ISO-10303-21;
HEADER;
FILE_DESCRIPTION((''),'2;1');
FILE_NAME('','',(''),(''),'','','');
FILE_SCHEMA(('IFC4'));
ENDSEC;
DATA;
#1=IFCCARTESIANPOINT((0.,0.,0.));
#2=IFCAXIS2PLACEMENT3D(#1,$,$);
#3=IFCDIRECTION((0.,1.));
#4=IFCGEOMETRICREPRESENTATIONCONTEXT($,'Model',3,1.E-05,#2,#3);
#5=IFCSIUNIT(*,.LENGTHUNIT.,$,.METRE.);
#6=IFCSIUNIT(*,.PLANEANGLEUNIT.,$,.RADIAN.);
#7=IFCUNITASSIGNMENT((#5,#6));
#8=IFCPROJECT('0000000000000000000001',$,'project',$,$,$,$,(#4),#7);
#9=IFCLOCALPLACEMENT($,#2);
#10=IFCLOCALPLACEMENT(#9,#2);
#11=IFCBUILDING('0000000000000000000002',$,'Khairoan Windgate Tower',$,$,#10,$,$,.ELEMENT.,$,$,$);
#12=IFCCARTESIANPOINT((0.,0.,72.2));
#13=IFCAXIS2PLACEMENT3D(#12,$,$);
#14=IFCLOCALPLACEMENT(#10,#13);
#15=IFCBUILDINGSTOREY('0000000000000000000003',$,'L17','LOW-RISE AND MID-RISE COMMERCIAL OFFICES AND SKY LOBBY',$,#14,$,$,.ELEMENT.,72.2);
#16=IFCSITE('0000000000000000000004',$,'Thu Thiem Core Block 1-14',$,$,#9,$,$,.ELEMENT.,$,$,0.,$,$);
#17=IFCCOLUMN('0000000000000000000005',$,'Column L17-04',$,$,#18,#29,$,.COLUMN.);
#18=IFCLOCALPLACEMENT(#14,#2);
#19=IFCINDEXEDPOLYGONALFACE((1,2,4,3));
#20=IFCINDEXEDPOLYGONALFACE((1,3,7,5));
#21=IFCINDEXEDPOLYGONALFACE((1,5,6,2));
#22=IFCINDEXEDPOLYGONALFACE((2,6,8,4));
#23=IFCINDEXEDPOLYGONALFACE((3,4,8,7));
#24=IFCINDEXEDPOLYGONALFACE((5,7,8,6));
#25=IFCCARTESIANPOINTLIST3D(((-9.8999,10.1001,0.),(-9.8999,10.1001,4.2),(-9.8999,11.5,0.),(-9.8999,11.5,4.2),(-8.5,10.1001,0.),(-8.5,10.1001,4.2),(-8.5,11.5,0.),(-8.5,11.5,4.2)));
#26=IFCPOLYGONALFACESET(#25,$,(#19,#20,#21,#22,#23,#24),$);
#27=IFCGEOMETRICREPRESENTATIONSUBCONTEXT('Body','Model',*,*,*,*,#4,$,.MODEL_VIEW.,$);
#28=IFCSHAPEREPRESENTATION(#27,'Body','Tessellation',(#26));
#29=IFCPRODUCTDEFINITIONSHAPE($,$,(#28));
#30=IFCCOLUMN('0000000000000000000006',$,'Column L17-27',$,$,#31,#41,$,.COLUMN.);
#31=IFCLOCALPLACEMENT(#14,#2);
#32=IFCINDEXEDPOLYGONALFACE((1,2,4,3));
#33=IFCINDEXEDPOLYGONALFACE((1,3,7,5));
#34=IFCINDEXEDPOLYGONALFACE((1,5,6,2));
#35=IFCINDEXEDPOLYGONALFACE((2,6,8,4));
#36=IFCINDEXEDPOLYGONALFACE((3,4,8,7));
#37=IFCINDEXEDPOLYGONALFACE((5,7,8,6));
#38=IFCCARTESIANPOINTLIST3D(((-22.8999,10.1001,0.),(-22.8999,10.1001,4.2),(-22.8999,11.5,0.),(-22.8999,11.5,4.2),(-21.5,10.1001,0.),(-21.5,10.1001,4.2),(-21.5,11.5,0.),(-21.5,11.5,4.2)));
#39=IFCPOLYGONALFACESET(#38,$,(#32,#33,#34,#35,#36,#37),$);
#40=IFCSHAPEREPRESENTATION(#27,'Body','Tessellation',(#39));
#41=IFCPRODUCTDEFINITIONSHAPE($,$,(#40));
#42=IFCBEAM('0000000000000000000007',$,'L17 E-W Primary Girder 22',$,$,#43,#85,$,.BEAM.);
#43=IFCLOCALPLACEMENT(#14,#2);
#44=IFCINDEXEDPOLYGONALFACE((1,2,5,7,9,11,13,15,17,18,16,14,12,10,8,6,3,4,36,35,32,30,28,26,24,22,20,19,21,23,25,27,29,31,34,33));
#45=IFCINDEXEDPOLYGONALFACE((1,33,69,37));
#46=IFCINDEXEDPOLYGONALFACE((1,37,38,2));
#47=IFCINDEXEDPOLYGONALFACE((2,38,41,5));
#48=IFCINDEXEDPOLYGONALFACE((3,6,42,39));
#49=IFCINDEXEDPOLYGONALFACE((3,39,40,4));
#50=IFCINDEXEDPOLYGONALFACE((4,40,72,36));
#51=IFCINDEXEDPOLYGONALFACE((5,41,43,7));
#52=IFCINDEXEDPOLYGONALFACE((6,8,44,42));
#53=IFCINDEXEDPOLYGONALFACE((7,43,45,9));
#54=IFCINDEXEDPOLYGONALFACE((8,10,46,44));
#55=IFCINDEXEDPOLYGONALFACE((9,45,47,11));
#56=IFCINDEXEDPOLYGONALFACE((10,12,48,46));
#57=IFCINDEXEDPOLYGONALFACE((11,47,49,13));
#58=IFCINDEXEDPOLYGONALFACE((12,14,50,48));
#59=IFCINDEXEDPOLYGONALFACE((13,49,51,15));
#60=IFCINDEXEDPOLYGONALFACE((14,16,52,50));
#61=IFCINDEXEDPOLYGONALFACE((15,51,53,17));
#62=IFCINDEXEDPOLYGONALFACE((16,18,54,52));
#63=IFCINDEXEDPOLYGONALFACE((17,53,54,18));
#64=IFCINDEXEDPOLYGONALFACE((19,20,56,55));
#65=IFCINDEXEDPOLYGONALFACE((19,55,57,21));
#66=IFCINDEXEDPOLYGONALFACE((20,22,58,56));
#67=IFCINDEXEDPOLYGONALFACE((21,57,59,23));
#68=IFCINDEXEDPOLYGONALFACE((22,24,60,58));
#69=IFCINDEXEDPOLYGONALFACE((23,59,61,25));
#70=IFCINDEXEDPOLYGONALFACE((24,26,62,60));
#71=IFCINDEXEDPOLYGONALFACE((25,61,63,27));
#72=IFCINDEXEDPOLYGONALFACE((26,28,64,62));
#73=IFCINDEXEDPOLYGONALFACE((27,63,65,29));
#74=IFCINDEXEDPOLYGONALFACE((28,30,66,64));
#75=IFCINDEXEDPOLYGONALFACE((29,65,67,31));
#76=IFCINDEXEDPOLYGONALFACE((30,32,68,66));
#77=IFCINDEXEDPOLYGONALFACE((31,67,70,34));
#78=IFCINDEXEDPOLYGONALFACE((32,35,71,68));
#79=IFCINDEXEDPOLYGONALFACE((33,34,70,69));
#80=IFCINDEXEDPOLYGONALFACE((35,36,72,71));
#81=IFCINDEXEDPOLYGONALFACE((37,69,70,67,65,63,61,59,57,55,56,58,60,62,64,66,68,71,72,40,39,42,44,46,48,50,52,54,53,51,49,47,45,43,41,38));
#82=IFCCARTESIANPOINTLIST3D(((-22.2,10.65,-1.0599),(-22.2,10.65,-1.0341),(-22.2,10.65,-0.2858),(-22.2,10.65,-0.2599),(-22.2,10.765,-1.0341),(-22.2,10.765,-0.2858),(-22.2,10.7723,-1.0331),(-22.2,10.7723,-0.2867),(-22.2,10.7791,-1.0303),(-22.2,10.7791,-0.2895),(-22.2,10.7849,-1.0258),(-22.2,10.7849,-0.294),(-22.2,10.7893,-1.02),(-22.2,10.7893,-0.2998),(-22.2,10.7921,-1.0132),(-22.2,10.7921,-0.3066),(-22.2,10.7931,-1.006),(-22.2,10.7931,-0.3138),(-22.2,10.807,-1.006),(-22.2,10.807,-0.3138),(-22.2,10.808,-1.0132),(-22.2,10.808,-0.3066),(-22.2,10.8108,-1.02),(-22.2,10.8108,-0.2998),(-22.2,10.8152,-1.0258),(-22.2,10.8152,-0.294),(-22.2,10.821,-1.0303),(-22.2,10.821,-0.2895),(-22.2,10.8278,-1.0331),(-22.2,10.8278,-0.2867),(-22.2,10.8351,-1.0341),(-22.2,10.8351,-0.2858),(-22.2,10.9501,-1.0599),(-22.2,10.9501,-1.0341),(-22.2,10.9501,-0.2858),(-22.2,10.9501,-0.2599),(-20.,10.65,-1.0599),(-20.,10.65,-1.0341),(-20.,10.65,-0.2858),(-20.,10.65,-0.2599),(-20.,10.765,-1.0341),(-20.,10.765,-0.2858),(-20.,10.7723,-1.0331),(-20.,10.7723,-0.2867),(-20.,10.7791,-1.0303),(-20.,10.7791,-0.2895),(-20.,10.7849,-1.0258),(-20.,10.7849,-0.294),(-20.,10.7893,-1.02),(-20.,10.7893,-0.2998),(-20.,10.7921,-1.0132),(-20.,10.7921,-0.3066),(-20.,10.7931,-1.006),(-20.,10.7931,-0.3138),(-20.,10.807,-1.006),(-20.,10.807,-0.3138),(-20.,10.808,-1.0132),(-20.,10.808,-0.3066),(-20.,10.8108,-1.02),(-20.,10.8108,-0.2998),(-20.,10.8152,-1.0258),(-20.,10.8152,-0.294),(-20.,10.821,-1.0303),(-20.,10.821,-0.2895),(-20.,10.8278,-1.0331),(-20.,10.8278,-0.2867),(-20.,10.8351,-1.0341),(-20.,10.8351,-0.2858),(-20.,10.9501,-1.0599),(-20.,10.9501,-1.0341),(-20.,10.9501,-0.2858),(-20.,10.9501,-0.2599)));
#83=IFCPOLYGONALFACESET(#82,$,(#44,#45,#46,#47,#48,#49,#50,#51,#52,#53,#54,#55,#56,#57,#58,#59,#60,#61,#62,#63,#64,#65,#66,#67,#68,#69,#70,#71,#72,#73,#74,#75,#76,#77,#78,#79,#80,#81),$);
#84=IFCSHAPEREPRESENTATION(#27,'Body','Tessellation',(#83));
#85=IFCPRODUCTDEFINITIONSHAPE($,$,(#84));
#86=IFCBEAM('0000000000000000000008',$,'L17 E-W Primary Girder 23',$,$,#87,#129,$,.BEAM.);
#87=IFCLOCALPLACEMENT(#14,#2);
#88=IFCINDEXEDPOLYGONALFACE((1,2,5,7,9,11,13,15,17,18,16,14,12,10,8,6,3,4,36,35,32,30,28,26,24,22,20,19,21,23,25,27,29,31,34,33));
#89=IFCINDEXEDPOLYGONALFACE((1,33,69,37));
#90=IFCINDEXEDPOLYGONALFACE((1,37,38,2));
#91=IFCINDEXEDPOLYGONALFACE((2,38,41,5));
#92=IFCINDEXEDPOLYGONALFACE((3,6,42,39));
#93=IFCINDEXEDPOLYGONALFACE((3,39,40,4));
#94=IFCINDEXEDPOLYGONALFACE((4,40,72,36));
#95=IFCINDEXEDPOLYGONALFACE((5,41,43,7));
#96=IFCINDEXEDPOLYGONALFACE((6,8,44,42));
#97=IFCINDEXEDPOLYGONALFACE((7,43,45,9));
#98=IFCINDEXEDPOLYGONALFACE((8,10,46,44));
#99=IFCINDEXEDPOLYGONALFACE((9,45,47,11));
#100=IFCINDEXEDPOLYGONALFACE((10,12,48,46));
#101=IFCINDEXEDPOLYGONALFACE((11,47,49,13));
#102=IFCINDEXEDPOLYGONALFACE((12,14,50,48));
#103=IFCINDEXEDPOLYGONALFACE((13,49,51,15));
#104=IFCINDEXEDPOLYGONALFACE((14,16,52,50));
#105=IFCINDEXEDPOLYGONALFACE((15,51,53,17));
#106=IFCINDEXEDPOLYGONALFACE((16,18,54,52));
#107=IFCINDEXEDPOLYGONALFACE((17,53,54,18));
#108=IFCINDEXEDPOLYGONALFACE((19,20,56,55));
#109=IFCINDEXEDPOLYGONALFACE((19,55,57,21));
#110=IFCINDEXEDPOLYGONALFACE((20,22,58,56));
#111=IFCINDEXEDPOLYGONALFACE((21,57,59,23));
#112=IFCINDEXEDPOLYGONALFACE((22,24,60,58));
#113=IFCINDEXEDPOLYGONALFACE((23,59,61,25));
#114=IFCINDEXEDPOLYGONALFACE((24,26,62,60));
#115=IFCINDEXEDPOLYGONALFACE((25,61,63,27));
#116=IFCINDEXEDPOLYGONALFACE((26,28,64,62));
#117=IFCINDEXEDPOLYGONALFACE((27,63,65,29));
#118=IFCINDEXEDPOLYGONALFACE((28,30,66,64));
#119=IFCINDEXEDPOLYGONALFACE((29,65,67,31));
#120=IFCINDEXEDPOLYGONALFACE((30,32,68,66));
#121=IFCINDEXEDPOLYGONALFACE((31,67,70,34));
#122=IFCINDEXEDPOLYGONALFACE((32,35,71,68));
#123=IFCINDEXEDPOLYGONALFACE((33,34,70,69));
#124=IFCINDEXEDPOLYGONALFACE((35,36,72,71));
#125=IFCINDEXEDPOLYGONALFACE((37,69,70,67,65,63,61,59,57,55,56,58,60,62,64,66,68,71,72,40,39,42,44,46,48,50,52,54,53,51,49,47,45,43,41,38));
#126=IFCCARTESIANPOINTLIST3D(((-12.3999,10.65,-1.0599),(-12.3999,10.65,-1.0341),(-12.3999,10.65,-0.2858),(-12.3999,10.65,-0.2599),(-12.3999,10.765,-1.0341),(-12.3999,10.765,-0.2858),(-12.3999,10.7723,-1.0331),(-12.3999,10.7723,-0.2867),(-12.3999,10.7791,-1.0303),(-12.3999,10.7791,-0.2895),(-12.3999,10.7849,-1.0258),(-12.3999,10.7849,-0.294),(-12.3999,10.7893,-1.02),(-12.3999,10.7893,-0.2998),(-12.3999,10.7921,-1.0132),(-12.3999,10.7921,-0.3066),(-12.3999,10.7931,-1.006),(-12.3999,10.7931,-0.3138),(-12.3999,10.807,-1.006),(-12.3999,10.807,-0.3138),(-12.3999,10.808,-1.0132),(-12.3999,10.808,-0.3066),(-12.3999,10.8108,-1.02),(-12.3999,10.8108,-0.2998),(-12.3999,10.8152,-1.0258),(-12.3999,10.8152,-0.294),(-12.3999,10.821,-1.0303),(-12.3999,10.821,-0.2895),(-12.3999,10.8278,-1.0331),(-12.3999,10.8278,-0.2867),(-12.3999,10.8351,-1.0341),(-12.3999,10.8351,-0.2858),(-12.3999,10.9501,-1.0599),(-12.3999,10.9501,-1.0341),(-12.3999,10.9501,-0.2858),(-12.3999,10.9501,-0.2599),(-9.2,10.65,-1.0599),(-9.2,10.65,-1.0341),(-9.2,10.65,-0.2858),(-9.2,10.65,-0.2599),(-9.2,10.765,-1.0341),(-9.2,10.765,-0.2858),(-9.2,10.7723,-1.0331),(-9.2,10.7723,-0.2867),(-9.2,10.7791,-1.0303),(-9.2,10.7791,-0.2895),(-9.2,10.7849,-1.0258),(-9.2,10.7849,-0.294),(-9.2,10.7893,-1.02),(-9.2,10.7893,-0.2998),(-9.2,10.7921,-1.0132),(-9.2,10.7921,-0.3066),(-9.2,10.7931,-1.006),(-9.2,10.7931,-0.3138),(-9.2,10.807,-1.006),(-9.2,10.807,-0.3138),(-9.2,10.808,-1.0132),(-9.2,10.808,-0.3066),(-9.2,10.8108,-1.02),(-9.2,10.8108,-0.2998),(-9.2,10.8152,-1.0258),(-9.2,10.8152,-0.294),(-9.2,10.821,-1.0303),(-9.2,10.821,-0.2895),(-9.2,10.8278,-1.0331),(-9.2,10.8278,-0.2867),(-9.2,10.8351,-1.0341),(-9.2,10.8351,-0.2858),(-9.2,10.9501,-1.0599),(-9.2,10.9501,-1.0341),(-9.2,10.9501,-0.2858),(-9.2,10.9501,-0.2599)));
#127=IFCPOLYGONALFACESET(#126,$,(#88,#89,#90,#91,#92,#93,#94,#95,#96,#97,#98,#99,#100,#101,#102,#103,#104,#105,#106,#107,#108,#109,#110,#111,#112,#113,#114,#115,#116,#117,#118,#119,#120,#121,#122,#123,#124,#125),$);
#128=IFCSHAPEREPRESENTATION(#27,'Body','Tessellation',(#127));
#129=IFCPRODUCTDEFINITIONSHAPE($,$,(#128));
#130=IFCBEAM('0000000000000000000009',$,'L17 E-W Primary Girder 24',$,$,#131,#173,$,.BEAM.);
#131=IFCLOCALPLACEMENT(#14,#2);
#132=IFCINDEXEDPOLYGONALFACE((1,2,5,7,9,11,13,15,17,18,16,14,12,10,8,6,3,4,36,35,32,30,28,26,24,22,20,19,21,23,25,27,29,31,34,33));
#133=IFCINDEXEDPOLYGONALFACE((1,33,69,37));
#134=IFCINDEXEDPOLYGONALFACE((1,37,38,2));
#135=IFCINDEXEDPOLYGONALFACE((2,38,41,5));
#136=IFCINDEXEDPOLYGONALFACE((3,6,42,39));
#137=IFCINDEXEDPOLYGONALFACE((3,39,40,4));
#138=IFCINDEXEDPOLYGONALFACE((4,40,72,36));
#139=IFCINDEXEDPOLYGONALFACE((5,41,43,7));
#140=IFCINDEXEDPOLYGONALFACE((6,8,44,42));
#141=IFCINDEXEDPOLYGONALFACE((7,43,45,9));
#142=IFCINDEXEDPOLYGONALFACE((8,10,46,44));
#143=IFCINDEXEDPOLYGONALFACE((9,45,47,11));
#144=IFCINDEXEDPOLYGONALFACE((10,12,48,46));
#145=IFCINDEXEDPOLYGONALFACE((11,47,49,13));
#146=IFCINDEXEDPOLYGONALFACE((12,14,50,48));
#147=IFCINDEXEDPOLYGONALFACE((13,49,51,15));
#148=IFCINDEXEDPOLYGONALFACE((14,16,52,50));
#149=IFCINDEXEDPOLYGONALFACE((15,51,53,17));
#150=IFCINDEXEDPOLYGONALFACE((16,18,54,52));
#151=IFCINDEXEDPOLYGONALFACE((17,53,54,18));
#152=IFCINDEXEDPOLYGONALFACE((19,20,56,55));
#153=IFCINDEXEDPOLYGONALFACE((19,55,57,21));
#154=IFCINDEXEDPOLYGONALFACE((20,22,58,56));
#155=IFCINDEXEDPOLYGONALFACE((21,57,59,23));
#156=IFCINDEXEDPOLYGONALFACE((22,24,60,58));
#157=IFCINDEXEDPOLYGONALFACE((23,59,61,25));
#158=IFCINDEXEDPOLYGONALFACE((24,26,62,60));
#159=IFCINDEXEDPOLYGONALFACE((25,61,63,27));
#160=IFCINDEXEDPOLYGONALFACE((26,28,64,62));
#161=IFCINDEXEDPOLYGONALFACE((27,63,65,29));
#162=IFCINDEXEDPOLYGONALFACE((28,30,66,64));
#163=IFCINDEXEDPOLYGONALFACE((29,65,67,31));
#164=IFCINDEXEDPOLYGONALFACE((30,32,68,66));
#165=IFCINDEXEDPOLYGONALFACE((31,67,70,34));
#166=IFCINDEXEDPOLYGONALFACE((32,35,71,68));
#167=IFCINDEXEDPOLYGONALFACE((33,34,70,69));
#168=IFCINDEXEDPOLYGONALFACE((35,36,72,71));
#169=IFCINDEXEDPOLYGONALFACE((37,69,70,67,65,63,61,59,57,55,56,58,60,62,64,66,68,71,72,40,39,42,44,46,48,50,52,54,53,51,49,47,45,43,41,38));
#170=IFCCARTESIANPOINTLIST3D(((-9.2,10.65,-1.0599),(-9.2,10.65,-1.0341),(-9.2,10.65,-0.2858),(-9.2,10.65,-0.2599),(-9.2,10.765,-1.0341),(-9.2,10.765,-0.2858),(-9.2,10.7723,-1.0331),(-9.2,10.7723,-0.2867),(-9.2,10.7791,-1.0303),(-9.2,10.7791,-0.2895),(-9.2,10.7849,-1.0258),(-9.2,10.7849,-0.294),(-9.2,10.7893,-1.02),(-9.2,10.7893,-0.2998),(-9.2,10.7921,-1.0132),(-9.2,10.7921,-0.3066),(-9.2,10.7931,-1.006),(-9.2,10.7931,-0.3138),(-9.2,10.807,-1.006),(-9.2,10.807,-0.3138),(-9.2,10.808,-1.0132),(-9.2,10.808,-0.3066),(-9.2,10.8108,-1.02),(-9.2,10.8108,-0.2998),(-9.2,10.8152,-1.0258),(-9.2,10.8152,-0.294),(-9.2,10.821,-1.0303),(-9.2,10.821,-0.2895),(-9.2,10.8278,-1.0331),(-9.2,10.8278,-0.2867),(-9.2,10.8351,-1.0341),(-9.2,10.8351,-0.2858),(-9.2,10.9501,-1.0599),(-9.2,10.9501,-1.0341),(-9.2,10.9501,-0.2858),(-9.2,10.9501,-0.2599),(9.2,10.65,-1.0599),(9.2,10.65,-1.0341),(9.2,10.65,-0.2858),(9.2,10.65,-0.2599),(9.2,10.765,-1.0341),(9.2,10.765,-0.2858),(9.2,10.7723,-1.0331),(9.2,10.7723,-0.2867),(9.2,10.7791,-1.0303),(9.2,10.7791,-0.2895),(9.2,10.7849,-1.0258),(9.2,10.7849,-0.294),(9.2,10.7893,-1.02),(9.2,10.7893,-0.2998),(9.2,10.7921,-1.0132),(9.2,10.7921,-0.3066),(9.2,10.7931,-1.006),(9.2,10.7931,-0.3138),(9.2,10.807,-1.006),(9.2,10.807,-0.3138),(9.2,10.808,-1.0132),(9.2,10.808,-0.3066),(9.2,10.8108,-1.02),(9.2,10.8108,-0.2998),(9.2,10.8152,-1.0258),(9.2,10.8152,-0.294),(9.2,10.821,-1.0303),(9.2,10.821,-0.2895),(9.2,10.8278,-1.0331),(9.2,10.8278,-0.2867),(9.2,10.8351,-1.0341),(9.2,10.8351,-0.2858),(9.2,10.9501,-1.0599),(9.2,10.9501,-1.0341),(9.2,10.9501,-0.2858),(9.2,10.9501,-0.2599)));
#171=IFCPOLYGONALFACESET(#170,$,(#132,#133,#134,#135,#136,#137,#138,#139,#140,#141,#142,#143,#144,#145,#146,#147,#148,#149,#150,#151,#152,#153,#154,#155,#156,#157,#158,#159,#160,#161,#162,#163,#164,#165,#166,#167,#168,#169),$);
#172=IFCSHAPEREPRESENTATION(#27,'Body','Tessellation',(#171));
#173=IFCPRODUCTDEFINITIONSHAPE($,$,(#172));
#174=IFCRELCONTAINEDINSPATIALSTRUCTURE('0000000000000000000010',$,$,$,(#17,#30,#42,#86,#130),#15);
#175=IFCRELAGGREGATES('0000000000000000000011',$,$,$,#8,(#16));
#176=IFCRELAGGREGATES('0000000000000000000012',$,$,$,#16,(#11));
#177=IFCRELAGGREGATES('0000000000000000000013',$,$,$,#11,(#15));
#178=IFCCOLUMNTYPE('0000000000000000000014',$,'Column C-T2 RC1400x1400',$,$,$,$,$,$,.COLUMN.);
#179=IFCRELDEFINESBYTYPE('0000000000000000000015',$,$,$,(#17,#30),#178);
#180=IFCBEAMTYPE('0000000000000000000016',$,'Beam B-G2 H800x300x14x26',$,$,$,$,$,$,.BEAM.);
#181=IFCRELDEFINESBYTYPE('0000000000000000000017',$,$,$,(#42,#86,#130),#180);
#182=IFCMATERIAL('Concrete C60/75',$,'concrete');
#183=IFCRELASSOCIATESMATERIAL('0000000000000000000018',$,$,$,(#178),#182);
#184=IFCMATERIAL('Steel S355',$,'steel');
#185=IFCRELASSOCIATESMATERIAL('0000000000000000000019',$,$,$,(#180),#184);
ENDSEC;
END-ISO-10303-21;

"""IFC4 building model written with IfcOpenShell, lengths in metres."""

from ifc_helpers import new_model, si_unit, direction, frame, origin, origin_2d, place, context, subcontext, project, spatial, rectangle, i_section, extrude, material, material_profile, profile_set, type_object, element, save


model = new_model("IFC4")

# Units and contexts
model_context = context("Model", 3, precision=1e-05, world=origin(), true_north=direction((0.0, 1.0)))
body_context = subcontext(model_context, "Body", "Model", "MODEL_VIEW")
ifc_project = project(units=[si_unit("LENGTHUNIT", "METRE"), si_unit("PLANEANGLEUNIT", "RADIAN")], contexts=[model_context])

# Site, building, storey
site_placement = place(None, origin())
site = spatial("IfcSite", under=ifc_project, at=site_placement, Name="Thu Thiem Core Block 1-14", CompositionType="ELEMENT", RefElevation=0.0)
building_placement = place(site_placement, origin())
building = spatial("IfcBuilding", under=site, at=building_placement, Name="Khairoan Windgate Tower", CompositionType="ELEMENT")
storey_placement = place(building_placement, frame((0.0, 0.0, 72.2)))
storey = spatial("IfcBuildingStorey", under=building, at=storey_placement, Name="L17", Description="LOW-RISE AND MID-RISE COMMERCIAL OFFICES AND SKY LOBBY", CompositionType="ELEMENT", Elevation=72.2)

# Columns
ifc_material_1 = material(Name="Concrete C60/75", Category="concrete")
ifc_material_profile_1 = material_profile(ifc_material_1, rectangle(XDim=1.3999, YDim=1.3999, at=origin_2d()))
ifc_profile_set_1 = profile_set([ifc_material_profile_1], Name="Concrete C60/75")
column_type = type_object("IfcColumnType", Name="Column C-T2 RC1400x1400", PredefinedType="COLUMN", material=ifc_profile_set_1)
for number, where, z_axis, x_axis, name in (
    (1, (-9.2, 10.8, 0.0), (0.0, 0.0, 1.0), (1.0, 0.0, 0.0), "Column L17-04"),
    (2, (-22.2, 10.8, 0.0), (0.0, 0.0, 1.0), (1.0, 0.0, 0.0), "Column L17-27"),
):
    element("IfcColumn", number, at=place(storey_placement, frame(where, z_axis=z_axis, x_axis=x_axis)), inside=storey, type_object=column_type, Name=name, PredefinedType="COLUMN", context=body_context, shape_type="SweptSolid", body=[
        extrude(rectangle(XDim=1.3999, YDim=1.3999, at=origin_2d()), origin(), (0.0, 0.0, 1.0), 4.2),
    ])

# Beams
ifc_material_2 = material(Name="Steel S355", Category="steel")
ifc_material_profile_2 = material_profile(ifc_material_2, i_section(OverallWidth=0.3, OverallDepth=0.8, WebThickness=0.0139, FlangeThickness=0.0259, FilletRadius=0.0281, at=origin_2d()))
ifc_profile_set_2 = profile_set([ifc_material_profile_2], Name="Steel S355")
beam_type = type_object("IfcBeamType", Name="Beam B-G2 H800x300x14x26", PredefinedType="BEAM", material=ifc_profile_set_2)
beam_1_placement = place(storey_placement, frame((-22.2, 10.8, -0.6599), z_axis=(1.0, 0.0, 0.0), x_axis=(0.0, 1.0, 0.0)))
element("IfcBeam", 3, at=beam_1_placement, inside=storey, type_object=beam_type, Name="L17 E-W Primary Girder 22", PredefinedType="BEAM", context=body_context, shape_type="SweptSolid", body=[
    extrude(i_section(OverallWidth=0.3, OverallDepth=0.8, WebThickness=0.0139, FlangeThickness=0.0259, FilletRadius=0.0281, at=origin_2d()), origin(), (0.0, 0.0, 1.0), 2.2),
])
beam_2_placement = place(storey_placement, frame((-12.3999, 10.8, -0.6599), z_axis=(1.0, 0.0, 0.0), x_axis=(0.0, 1.0, 0.0)))
element("IfcBeam", 4, at=beam_2_placement, inside=storey, type_object=beam_type, Name="L17 E-W Primary Girder 23", PredefinedType="BEAM", context=body_context, shape_type="SweptSolid", body=[
    extrude(i_section(OverallWidth=0.3, OverallDepth=0.8, WebThickness=0.0139, FlangeThickness=0.0259, FilletRadius=0.0281, at=origin_2d()), origin(), (0.0, 0.0, 1.0), 3.2),
])
beam_3_placement = place(storey_placement, frame((-9.2, 10.8, -0.6599), z_axis=(1.0, 0.0, 0.0), x_axis=(0.0, 1.0, 0.0)))
element("IfcBeam", 5, at=beam_3_placement, inside=storey, type_object=beam_type, Name="L17 E-W Primary Girder 24", PredefinedType="BEAM", context=body_context, shape_type="SweptSolid", body=[
    extrude(i_section(OverallWidth=0.3, OverallDepth=0.8, WebThickness=0.0139, FlangeThickness=0.0259, FilletRadius=0.0281, at=origin_2d()), origin(), (0.0, 0.0, 1.0), 18.3999),
])

save(model, "model.ifc")
